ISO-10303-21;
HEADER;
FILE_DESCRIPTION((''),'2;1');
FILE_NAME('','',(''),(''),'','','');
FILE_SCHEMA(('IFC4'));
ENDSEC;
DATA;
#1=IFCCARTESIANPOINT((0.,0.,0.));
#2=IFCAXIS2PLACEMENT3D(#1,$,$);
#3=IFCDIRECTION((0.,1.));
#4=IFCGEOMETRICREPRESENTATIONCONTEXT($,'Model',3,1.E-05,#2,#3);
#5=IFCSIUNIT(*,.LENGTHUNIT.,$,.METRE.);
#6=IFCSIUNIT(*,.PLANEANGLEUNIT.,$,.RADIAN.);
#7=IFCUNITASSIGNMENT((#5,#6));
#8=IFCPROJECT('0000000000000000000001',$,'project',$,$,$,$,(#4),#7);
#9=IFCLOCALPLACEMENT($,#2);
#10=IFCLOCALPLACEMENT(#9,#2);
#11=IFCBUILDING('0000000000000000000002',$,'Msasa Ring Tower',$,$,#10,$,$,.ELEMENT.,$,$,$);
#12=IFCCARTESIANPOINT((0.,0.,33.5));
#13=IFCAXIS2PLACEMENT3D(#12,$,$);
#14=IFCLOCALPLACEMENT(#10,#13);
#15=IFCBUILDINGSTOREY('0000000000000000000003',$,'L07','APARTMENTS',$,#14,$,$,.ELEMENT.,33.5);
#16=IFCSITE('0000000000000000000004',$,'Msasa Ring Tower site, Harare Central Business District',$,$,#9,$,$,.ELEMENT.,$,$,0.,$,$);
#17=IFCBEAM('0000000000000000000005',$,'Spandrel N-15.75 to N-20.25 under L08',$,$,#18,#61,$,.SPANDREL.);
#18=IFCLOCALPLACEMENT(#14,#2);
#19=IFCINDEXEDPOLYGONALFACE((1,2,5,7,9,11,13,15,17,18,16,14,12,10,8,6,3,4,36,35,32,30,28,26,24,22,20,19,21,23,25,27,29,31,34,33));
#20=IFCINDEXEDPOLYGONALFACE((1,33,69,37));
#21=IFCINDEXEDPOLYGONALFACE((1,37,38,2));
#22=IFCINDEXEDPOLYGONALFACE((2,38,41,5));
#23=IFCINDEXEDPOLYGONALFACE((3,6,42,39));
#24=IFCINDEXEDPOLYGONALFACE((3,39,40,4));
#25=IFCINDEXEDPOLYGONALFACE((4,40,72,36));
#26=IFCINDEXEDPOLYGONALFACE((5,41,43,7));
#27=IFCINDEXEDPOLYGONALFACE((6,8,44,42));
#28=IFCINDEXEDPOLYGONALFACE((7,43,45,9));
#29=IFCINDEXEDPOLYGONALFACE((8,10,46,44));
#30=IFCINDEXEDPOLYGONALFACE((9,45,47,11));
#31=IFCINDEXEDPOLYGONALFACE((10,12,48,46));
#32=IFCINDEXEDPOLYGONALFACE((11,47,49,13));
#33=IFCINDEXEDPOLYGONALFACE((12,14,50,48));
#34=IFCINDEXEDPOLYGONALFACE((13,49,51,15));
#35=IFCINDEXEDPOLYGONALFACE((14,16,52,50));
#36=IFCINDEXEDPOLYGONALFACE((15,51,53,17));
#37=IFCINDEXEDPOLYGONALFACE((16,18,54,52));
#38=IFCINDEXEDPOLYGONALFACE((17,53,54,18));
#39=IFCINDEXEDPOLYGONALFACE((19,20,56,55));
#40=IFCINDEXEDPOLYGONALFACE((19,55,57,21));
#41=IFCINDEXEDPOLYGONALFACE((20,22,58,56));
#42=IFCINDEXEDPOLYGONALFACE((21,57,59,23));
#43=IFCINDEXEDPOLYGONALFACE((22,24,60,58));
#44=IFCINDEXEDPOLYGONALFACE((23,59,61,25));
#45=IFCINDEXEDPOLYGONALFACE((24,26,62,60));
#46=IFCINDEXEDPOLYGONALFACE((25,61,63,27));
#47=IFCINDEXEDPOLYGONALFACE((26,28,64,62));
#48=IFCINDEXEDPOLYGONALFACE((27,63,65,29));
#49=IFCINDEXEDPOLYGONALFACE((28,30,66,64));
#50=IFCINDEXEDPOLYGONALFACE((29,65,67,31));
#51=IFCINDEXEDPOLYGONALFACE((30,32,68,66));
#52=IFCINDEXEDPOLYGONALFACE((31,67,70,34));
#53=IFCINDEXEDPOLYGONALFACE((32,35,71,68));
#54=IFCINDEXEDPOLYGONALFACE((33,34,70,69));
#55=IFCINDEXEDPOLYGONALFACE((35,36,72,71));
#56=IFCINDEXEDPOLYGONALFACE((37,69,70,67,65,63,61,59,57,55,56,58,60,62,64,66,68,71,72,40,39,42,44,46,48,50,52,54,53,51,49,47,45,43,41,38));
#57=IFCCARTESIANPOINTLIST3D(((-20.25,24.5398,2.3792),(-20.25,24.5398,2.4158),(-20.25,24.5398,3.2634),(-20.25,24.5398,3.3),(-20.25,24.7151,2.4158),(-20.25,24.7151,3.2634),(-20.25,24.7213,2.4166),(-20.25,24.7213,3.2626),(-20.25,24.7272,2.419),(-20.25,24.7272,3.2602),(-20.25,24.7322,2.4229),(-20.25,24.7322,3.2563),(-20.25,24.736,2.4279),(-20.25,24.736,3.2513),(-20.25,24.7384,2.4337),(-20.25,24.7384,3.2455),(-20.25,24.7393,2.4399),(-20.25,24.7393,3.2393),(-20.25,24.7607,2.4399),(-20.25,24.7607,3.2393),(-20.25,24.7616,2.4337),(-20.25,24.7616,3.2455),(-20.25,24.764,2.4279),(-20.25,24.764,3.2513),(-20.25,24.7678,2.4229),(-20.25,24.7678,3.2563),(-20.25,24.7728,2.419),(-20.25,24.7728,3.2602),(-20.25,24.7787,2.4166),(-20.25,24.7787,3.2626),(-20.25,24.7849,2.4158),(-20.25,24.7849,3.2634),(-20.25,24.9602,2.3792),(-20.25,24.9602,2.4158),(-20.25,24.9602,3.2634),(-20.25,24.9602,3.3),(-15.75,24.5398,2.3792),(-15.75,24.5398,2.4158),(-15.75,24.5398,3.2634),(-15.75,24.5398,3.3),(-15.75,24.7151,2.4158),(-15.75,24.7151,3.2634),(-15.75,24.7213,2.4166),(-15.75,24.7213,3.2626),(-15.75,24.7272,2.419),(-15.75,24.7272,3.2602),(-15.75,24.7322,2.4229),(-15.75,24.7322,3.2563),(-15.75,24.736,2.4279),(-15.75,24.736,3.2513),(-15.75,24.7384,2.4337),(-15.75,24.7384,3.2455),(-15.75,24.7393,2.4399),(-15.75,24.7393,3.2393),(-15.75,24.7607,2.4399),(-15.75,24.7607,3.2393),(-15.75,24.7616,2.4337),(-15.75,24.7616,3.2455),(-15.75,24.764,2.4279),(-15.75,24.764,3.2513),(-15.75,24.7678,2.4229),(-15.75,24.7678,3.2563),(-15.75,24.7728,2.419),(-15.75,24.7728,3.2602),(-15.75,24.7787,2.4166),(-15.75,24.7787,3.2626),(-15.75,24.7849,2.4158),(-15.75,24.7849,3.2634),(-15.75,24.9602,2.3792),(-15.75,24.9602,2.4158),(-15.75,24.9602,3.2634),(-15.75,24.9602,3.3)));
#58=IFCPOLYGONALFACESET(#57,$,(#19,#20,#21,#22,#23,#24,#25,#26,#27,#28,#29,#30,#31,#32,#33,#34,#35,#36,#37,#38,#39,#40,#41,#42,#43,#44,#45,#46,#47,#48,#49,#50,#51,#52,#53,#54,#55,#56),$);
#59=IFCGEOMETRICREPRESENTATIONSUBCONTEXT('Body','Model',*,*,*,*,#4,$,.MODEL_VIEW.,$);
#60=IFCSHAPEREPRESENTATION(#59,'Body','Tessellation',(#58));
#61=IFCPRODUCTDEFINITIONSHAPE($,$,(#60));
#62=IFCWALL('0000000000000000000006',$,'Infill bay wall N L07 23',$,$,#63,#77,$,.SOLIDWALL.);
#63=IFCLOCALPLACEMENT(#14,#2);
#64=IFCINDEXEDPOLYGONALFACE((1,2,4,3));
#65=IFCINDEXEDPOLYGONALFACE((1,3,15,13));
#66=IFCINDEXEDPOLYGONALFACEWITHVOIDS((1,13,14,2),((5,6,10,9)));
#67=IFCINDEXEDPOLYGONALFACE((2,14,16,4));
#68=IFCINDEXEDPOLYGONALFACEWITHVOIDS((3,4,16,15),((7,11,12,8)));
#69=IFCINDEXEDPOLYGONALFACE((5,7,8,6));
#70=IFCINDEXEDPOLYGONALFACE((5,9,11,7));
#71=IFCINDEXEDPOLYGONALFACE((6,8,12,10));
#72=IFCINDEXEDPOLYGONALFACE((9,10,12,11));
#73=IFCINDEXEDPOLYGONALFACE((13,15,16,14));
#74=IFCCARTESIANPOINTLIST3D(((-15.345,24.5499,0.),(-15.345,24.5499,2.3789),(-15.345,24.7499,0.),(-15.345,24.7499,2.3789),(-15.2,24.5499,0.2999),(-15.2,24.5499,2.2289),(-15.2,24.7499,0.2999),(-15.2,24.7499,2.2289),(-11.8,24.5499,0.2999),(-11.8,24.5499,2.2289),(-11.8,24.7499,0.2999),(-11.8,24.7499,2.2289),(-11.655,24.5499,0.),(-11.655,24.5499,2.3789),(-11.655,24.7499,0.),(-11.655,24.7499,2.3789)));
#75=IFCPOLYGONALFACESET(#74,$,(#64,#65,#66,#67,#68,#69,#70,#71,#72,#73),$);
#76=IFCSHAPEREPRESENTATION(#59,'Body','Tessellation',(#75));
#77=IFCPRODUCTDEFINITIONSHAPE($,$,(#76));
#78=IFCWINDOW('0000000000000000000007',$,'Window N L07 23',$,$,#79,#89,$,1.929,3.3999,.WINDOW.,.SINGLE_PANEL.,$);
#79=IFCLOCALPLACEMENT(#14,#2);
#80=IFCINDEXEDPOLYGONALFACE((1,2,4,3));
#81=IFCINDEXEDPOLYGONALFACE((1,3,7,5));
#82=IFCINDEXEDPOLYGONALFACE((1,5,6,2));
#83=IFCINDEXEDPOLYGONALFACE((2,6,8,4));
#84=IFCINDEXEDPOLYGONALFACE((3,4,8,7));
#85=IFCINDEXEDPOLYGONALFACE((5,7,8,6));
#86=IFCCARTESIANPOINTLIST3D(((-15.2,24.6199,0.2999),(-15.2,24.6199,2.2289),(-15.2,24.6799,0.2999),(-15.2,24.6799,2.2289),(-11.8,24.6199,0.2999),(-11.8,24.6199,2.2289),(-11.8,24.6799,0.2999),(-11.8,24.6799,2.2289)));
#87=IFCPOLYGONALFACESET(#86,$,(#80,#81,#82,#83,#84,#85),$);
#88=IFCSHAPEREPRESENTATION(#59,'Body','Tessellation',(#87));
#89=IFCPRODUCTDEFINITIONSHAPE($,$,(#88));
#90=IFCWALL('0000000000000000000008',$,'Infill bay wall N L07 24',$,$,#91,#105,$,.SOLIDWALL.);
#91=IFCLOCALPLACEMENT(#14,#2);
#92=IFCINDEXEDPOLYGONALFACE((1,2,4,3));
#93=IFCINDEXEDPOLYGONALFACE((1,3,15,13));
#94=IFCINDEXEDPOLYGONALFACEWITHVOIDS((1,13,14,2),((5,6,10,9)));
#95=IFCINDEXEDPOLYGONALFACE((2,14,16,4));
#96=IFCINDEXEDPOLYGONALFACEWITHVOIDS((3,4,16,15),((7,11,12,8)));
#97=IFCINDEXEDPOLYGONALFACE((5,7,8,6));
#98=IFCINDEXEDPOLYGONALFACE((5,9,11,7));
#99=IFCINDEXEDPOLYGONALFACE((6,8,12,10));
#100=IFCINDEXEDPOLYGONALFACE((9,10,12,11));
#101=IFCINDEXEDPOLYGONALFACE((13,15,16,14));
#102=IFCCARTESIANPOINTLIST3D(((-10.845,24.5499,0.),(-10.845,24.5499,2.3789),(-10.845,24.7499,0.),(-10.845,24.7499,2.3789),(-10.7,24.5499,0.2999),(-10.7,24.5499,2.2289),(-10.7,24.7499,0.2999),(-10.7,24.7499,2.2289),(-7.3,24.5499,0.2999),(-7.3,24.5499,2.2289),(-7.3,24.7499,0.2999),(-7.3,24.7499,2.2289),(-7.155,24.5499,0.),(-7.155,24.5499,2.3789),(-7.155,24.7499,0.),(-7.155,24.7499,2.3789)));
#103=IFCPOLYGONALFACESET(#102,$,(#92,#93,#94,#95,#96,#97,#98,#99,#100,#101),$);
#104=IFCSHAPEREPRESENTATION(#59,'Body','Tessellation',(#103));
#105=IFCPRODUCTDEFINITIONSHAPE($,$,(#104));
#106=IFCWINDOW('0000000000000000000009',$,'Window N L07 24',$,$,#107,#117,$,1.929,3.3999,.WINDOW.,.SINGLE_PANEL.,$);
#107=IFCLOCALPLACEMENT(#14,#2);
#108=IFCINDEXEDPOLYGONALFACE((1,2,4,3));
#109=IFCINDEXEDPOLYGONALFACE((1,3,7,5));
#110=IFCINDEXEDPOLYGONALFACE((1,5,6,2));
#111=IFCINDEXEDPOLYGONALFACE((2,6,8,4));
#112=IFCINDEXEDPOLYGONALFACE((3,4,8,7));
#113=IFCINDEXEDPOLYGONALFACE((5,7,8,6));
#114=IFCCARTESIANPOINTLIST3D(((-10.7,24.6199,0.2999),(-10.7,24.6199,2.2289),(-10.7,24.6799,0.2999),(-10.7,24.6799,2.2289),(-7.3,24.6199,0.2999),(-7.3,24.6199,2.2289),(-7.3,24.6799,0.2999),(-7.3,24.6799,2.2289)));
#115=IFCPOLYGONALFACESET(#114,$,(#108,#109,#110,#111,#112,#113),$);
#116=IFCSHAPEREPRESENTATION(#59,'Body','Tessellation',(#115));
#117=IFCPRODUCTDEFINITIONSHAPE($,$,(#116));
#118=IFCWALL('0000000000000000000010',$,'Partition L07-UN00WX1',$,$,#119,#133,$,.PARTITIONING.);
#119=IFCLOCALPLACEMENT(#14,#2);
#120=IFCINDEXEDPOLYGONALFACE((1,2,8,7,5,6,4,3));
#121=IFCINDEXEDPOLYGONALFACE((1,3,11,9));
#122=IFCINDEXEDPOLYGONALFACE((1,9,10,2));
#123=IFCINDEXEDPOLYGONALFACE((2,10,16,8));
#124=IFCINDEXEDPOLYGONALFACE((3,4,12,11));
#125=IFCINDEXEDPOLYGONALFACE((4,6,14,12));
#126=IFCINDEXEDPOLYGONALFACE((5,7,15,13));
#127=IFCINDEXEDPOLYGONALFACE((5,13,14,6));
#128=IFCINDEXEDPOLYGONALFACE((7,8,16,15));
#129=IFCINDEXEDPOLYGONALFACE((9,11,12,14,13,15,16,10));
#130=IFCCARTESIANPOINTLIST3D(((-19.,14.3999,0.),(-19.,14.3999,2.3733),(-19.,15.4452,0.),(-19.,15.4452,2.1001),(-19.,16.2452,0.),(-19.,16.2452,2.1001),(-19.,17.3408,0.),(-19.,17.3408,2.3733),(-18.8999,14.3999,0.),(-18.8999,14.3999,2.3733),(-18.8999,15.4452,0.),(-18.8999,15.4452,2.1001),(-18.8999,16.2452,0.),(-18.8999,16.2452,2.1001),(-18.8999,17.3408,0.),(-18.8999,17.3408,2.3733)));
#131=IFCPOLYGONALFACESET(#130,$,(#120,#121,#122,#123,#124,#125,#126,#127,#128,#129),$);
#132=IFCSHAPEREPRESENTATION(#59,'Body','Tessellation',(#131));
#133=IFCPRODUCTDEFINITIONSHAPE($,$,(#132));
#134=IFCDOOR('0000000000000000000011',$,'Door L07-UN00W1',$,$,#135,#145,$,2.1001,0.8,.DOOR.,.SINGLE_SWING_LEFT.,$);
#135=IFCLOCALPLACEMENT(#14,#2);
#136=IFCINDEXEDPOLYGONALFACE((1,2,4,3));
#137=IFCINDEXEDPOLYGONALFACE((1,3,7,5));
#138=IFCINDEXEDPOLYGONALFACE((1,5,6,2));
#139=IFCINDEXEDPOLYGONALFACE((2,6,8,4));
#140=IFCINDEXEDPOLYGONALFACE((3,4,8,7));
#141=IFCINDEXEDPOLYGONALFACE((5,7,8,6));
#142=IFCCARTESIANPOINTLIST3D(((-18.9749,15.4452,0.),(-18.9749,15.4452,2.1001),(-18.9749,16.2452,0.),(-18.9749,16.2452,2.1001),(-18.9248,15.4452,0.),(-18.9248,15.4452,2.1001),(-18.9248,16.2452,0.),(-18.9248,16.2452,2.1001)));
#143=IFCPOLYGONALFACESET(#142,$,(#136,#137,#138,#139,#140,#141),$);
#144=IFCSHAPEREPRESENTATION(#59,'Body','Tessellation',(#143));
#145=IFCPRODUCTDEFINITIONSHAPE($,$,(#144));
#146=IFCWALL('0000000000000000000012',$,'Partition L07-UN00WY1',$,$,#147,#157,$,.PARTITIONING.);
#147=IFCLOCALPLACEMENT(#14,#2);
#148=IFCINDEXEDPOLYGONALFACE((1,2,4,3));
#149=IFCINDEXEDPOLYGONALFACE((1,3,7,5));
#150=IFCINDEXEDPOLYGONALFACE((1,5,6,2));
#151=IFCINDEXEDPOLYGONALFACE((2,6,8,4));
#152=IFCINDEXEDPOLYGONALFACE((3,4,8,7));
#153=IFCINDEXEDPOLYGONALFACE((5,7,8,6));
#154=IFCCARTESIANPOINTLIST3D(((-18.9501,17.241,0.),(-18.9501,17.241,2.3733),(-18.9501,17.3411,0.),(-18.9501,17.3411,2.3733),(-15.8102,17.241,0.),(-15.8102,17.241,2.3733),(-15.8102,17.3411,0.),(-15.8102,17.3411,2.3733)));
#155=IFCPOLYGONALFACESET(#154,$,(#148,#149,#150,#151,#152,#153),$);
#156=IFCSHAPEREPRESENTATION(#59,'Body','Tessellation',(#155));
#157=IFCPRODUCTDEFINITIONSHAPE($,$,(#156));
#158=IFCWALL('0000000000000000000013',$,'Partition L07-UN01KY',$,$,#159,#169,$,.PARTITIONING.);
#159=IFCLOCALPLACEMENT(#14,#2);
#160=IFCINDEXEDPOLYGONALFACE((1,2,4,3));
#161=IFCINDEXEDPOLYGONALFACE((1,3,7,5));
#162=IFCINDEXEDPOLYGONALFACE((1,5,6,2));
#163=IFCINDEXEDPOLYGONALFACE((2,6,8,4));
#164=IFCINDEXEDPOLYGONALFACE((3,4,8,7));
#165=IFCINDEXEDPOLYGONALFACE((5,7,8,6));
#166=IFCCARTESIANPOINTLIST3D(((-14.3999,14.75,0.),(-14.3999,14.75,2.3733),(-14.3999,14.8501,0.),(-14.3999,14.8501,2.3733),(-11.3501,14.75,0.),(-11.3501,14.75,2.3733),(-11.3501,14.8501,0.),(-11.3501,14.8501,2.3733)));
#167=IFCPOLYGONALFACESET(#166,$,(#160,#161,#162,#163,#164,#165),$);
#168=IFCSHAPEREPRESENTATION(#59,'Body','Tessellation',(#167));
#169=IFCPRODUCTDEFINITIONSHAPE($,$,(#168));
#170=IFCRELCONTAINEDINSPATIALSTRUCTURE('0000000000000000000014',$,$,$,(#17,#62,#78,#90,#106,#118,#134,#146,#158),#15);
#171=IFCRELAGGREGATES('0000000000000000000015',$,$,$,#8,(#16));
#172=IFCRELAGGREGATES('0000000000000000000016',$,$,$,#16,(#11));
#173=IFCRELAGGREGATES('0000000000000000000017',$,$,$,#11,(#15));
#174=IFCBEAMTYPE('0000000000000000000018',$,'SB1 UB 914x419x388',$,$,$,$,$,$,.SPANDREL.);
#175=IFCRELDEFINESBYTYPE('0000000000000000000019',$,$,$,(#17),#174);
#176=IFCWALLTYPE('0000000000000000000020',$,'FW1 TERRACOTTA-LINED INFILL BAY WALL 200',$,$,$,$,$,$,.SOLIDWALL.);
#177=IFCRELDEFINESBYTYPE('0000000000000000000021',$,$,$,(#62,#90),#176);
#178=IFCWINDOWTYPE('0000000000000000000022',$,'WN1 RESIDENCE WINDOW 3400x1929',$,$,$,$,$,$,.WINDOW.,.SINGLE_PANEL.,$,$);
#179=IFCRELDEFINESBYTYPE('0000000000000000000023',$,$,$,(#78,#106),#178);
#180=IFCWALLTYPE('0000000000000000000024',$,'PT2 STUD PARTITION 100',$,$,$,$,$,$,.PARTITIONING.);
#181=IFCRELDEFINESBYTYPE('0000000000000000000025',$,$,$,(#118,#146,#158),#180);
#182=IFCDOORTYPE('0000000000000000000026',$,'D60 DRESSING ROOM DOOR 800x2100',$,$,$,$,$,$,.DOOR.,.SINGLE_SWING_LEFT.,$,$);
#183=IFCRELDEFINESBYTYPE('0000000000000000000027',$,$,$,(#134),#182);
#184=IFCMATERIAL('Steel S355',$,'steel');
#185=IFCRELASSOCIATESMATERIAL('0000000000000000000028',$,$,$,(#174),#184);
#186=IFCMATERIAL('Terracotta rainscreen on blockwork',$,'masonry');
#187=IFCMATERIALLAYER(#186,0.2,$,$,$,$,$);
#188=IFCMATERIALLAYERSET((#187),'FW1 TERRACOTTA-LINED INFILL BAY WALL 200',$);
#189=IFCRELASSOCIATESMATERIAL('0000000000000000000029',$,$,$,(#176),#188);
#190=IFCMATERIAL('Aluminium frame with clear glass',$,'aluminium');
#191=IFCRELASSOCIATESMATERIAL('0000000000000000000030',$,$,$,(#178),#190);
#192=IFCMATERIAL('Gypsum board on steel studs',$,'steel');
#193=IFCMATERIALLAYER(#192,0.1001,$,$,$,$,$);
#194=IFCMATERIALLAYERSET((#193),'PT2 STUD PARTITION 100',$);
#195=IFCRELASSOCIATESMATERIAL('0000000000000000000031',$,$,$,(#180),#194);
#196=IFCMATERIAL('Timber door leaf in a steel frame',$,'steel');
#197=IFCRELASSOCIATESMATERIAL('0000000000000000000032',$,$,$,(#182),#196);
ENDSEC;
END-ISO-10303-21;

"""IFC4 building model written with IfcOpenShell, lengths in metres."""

from ifc_helpers import new_model, si_unit, direction, frame, frame_2d, origin, origin_2d, place, context, subcontext, project, spatial, rectangle, i_section, extrude, material, layer, layer_set, material_profile, profile_set, type_object, element, fill, save


model = new_model("IFC4")

# Units and contexts
model_context = context("Model", 3, precision=1e-05, world=origin(), true_north=direction((0.0, 1.0)))
body_context = subcontext(model_context, "Body", "Model", "MODEL_VIEW")
ifc_project = project(units=[si_unit("LENGTHUNIT", "METRE"), si_unit("PLANEANGLEUNIT", "RADIAN")], contexts=[model_context])

# Site, building, storey
site_placement = place(None, origin())
site = spatial("IfcSite", under=ifc_project, at=site_placement, Name="Msasa Ring Tower site, Harare Central Business District", CompositionType="ELEMENT", RefElevation=0.0)
building_placement = place(site_placement, origin())
building = spatial("IfcBuilding", under=site, at=building_placement, Name="Msasa Ring Tower", CompositionType="ELEMENT")
storey_placement = place(building_placement, frame((0.0, 0.0, 33.5)))
storey = spatial("IfcBuildingStorey", under=building, at=storey_placement, Name="L07", Description="APARTMENTS", CompositionType="ELEMENT", Elevation=33.5)

# Beam
ifc_material_1 = material(Name="Steel S355", Category="steel")
ifc_material_profile_1 = material_profile(ifc_material_1, i_section(OverallWidth=0.4204, OverallDepth=0.9209, WebThickness=0.0215, FlangeThickness=0.0366, FilletRadius=0.0242, at=origin_2d()), Name="UB 914x419x388")
ifc_profile_set_1 = profile_set([ifc_material_profile_1], Name="Steel S355")
beam_type_1 = type_object("IfcBeamType", Name="SB1 UB 914x419x388", PredefinedType="SPANDREL", material=ifc_profile_set_1)
for number, where, z_axis, x_axis, name in (
    (1, (-15.75, 24.75, 2.8396), (-1.0, 0.0, 0.0), (0.0, -1.0, 0.0), "Spandrel N-15.75 to N-20.25 under L08"),
):
    element("IfcBeam", number, at=place(storey_placement, frame(where, z_axis=z_axis, x_axis=x_axis)), inside=storey, type_object=beam_type_1, Name=name, PredefinedType="SPANDREL", context=body_context, shape_type="SweptSolid", body=[
        extrude(i_section(OverallWidth=0.4204, OverallDepth=0.9209, WebThickness=0.0215, FlangeThickness=0.0366, FilletRadius=0.0242, at=origin_2d()), origin(), (0.0, 0.0, 1.0), 4.5),
    ])

# Walls, openings, windows
ifc_material_2 = material(Name="Terracotta rainscreen on blockwork", Category="masonry")
ifc_layer_1 = layer(ifc_material_2, 0.2)
ifc_layer_set_1 = layer_set([ifc_layer_1], Name="FW1 TERRACOTTA-LINED INFILL BAY WALL 200")
wall_type_1 = type_object("IfcWallType", Name="FW1 TERRACOTTA-LINED INFILL BAY WALL 200", PredefinedType="SOLIDWALL", material=ifc_layer_set_1)
wall_1_placement = place(storey_placement, frame((-15.345, 24.6499, 0.0), z_axis=(0.0, 0.0, 1.0), x_axis=(1.0, 0.0, 0.0)))
wall_1 = element("IfcWall", 2, at=wall_1_placement, inside=storey, type_object=wall_type_1, Name="Infill bay wall N L07 23", PredefinedType="SOLIDWALL", context=body_context, shape_type="SweptSolid", body=[
    extrude(rectangle(XDim=3.6899, YDim=0.2, at=frame_2d((1.845, 0.0))), origin(), (0.0, 0.0, 1.0), 2.3789),
])
opening_1_placement = place(wall_1_placement, frame((0.145, 0.0, 0.3)))
opening_1 = element("IfcOpeningElement", 3, at=opening_1_placement, cuts=wall_1, PredefinedType="OPENING", context=body_context, shape_type="SweptSolid", body=[
    extrude(rectangle(XDim=3.3999, YDim=1.929, at=frame_2d((1.7, 0.9644))), frame((0.0, 0.1099, 0.0), z_axis=(0.0, -1.0, 0.0), x_axis=(1.0, 0.0, 0.0)), (0.0, 0.0, 1.0), 0.22),
])
ifc_material_3 = material(Name="Aluminium frame with clear glass", Category="aluminium")
window_type = type_object("IfcWindowType", Name="WN1 RESIDENCE WINDOW 3400x1929", PartitioningType="SINGLE_PANEL", PredefinedType="WINDOW", material=ifc_material_3)
window_1_placement = place(opening_1_placement, origin())
window_1 = element("IfcWindow", 4, at=window_1_placement, inside=storey, type_object=window_type, Name="Window N L07 23", OverallHeight=1.929, OverallWidth=3.3999, PartitioningType="SINGLE_PANEL", PredefinedType="WINDOW", context=body_context, shape_type="SweptSolid", body=[
    extrude(rectangle(XDim=3.3999, YDim=1.929, at=frame_2d((1.7, 0.9644))), frame((0.0, 0.03, 0.0), z_axis=(0.0, -1.0, 0.0), x_axis=(1.0, 0.0, 0.0)), (0.0, 0.0, 1.0), 0.0601),
])
fill(opening_1, window_1)
wall_2_placement = place(storey_placement, frame((-10.845, 24.6499, 0.0), z_axis=(0.0, 0.0, 1.0), x_axis=(1.0, 0.0, 0.0)))
wall_2 = element("IfcWall", 5, at=wall_2_placement, inside=storey, type_object=wall_type_1, Name="Infill bay wall N L07 24", PredefinedType="SOLIDWALL", context=body_context, shape_type="SweptSolid", body=[
    extrude(rectangle(XDim=3.6899, YDim=0.2, at=frame_2d((1.845, 0.0))), origin(), (0.0, 0.0, 1.0), 2.3789),
])
opening_2_placement = place(wall_2_placement, frame((0.145, 0.0, 0.3)))
opening_2 = element("IfcOpeningElement", 6, at=opening_2_placement, cuts=wall_2, PredefinedType="OPENING", context=body_context, shape_type="SweptSolid", body=[
    extrude(rectangle(XDim=3.3999, YDim=1.929, at=frame_2d((1.7, 0.9644))), frame((0.0, 0.1099, 0.0), z_axis=(0.0, -1.0, 0.0), x_axis=(1.0, 0.0, 0.0)), (0.0, 0.0, 1.0), 0.22),
])
window_2_placement = place(opening_2_placement, origin())
window_2 = element("IfcWindow", 7, at=window_2_placement, inside=storey, type_object=window_type, Name="Window N L07 24", OverallHeight=1.929, OverallWidth=3.3999, PartitioningType="SINGLE_PANEL", PredefinedType="WINDOW", context=body_context, shape_type="SweptSolid", body=[
    extrude(rectangle(XDim=3.3999, YDim=1.929, at=frame_2d((1.7, 0.9644))), frame((0.0, 0.03, 0.0), z_axis=(0.0, -1.0, 0.0), x_axis=(1.0, 0.0, 0.0)), (0.0, 0.0, 1.0), 0.0601),
])
fill(opening_2, window_2)

# Wall, opening, door
ifc_material_4 = material(Name="Gypsum board on steel studs", Category="steel")
ifc_layer_2 = layer(ifc_material_4, 0.1001)
ifc_layer_set_2 = layer_set([ifc_layer_2], Name="PT2 STUD PARTITION 100")
wall_type_2 = type_object("IfcWallType", Name="PT2 STUD PARTITION 100", PredefinedType="PARTITIONING", material=ifc_layer_set_2)
wall_3_placement = place(storey_placement, frame((-18.95, 14.3999, 0.0), z_axis=(0.0, 0.0, 1.0), x_axis=(0.0, 1.0, 0.0)))
wall_3 = element("IfcWall", 8, at=wall_3_placement, inside=storey, type_object=wall_type_2, Name="Partition L07-UN00WX1", PredefinedType="PARTITIONING", context=body_context, shape_type="SweptSolid", body=[
    extrude(rectangle(XDim=2.9409, YDim=0.1001, at=frame_2d((1.4705, 0.0))), origin(), (0.0, 0.0, 1.0), 2.3733),
])
opening_3_placement = place(wall_3_placement, frame((1.0454, 0.0, 0.0)))
opening_3 = element("IfcOpeningElement", 9, at=opening_3_placement, cuts=wall_3, PredefinedType="OPENING", context=body_context, shape_type="SweptSolid", body=[
    extrude(rectangle(XDim=0.8, YDim=2.1001, at=frame_2d((0.3999, 1.05))), frame((0.0, 0.0601, 0.0), z_axis=(0.0, -1.0, 0.0), x_axis=(1.0, 0.0, 0.0)), (0.0, 0.0, 1.0), 0.1201),
])
ifc_material_5 = material(Name="Timber door leaf in a steel frame", Category="steel")
door_type_1 = type_object("IfcDoorType", Name="D60 DRESSING ROOM DOOR 800x2100", OperationType="SINGLE_SWING_LEFT", PredefinedType="DOOR", material=ifc_material_5)
door_1_placement = place(opening_3_placement, origin())
door_1 = element("IfcDoor", 10, at=door_1_placement, inside=storey, type_object=door_type_1, Name="Door L07-UN00W1", OperationType="SINGLE_SWING_LEFT", OverallHeight=2.1001, OverallWidth=0.8, PredefinedType="DOOR", context=body_context, shape_type="SweptSolid", body=[
    extrude(rectangle(XDim=0.8, YDim=2.1001, at=frame_2d((0.3999, 1.05))), frame((0.0, 0.0249, 0.0), z_axis=(0.0, -1.0, 0.0), x_axis=(1.0, 0.0, 0.0)), (0.0, 0.0, 1.0), 0.05),
])
fill(opening_3, door_1)

# Walls
wall_4_placement = place(storey_placement, frame((-18.95, 17.291, 0.0), z_axis=(0.0, 0.0, 1.0), x_axis=(1.0, 0.0, 0.0)))
element("IfcWall", 11, at=wall_4_placement, inside=storey, type_object=wall_type_2, Name="Partition L07-UN00WY1", PredefinedType="PARTITIONING", context=body_context, shape_type="SweptSolid", body=[
    extrude(rectangle(XDim=3.1399, YDim=0.1001, at=frame_2d((1.5698, 0.0))), origin(), (0.0, 0.0, 1.0), 2.3733),
])
wall_5_placement = place(storey_placement, frame((-14.3999, 14.8, 0.0), z_axis=(0.0, 0.0, 1.0), x_axis=(1.0, 0.0, 0.0)))
element("IfcWall", 12, at=wall_5_placement, inside=storey, type_object=wall_type_2, Name="Partition L07-UN01KY", PredefinedType="PARTITIONING", context=body_context, shape_type="SweptSolid", body=[
    extrude(rectangle(XDim=3.0498, YDim=0.1001, at=frame_2d((1.5249, 0.0))), origin(), (0.0, 0.0, 1.0), 2.3733),
])

save(model, "model.ifc")
